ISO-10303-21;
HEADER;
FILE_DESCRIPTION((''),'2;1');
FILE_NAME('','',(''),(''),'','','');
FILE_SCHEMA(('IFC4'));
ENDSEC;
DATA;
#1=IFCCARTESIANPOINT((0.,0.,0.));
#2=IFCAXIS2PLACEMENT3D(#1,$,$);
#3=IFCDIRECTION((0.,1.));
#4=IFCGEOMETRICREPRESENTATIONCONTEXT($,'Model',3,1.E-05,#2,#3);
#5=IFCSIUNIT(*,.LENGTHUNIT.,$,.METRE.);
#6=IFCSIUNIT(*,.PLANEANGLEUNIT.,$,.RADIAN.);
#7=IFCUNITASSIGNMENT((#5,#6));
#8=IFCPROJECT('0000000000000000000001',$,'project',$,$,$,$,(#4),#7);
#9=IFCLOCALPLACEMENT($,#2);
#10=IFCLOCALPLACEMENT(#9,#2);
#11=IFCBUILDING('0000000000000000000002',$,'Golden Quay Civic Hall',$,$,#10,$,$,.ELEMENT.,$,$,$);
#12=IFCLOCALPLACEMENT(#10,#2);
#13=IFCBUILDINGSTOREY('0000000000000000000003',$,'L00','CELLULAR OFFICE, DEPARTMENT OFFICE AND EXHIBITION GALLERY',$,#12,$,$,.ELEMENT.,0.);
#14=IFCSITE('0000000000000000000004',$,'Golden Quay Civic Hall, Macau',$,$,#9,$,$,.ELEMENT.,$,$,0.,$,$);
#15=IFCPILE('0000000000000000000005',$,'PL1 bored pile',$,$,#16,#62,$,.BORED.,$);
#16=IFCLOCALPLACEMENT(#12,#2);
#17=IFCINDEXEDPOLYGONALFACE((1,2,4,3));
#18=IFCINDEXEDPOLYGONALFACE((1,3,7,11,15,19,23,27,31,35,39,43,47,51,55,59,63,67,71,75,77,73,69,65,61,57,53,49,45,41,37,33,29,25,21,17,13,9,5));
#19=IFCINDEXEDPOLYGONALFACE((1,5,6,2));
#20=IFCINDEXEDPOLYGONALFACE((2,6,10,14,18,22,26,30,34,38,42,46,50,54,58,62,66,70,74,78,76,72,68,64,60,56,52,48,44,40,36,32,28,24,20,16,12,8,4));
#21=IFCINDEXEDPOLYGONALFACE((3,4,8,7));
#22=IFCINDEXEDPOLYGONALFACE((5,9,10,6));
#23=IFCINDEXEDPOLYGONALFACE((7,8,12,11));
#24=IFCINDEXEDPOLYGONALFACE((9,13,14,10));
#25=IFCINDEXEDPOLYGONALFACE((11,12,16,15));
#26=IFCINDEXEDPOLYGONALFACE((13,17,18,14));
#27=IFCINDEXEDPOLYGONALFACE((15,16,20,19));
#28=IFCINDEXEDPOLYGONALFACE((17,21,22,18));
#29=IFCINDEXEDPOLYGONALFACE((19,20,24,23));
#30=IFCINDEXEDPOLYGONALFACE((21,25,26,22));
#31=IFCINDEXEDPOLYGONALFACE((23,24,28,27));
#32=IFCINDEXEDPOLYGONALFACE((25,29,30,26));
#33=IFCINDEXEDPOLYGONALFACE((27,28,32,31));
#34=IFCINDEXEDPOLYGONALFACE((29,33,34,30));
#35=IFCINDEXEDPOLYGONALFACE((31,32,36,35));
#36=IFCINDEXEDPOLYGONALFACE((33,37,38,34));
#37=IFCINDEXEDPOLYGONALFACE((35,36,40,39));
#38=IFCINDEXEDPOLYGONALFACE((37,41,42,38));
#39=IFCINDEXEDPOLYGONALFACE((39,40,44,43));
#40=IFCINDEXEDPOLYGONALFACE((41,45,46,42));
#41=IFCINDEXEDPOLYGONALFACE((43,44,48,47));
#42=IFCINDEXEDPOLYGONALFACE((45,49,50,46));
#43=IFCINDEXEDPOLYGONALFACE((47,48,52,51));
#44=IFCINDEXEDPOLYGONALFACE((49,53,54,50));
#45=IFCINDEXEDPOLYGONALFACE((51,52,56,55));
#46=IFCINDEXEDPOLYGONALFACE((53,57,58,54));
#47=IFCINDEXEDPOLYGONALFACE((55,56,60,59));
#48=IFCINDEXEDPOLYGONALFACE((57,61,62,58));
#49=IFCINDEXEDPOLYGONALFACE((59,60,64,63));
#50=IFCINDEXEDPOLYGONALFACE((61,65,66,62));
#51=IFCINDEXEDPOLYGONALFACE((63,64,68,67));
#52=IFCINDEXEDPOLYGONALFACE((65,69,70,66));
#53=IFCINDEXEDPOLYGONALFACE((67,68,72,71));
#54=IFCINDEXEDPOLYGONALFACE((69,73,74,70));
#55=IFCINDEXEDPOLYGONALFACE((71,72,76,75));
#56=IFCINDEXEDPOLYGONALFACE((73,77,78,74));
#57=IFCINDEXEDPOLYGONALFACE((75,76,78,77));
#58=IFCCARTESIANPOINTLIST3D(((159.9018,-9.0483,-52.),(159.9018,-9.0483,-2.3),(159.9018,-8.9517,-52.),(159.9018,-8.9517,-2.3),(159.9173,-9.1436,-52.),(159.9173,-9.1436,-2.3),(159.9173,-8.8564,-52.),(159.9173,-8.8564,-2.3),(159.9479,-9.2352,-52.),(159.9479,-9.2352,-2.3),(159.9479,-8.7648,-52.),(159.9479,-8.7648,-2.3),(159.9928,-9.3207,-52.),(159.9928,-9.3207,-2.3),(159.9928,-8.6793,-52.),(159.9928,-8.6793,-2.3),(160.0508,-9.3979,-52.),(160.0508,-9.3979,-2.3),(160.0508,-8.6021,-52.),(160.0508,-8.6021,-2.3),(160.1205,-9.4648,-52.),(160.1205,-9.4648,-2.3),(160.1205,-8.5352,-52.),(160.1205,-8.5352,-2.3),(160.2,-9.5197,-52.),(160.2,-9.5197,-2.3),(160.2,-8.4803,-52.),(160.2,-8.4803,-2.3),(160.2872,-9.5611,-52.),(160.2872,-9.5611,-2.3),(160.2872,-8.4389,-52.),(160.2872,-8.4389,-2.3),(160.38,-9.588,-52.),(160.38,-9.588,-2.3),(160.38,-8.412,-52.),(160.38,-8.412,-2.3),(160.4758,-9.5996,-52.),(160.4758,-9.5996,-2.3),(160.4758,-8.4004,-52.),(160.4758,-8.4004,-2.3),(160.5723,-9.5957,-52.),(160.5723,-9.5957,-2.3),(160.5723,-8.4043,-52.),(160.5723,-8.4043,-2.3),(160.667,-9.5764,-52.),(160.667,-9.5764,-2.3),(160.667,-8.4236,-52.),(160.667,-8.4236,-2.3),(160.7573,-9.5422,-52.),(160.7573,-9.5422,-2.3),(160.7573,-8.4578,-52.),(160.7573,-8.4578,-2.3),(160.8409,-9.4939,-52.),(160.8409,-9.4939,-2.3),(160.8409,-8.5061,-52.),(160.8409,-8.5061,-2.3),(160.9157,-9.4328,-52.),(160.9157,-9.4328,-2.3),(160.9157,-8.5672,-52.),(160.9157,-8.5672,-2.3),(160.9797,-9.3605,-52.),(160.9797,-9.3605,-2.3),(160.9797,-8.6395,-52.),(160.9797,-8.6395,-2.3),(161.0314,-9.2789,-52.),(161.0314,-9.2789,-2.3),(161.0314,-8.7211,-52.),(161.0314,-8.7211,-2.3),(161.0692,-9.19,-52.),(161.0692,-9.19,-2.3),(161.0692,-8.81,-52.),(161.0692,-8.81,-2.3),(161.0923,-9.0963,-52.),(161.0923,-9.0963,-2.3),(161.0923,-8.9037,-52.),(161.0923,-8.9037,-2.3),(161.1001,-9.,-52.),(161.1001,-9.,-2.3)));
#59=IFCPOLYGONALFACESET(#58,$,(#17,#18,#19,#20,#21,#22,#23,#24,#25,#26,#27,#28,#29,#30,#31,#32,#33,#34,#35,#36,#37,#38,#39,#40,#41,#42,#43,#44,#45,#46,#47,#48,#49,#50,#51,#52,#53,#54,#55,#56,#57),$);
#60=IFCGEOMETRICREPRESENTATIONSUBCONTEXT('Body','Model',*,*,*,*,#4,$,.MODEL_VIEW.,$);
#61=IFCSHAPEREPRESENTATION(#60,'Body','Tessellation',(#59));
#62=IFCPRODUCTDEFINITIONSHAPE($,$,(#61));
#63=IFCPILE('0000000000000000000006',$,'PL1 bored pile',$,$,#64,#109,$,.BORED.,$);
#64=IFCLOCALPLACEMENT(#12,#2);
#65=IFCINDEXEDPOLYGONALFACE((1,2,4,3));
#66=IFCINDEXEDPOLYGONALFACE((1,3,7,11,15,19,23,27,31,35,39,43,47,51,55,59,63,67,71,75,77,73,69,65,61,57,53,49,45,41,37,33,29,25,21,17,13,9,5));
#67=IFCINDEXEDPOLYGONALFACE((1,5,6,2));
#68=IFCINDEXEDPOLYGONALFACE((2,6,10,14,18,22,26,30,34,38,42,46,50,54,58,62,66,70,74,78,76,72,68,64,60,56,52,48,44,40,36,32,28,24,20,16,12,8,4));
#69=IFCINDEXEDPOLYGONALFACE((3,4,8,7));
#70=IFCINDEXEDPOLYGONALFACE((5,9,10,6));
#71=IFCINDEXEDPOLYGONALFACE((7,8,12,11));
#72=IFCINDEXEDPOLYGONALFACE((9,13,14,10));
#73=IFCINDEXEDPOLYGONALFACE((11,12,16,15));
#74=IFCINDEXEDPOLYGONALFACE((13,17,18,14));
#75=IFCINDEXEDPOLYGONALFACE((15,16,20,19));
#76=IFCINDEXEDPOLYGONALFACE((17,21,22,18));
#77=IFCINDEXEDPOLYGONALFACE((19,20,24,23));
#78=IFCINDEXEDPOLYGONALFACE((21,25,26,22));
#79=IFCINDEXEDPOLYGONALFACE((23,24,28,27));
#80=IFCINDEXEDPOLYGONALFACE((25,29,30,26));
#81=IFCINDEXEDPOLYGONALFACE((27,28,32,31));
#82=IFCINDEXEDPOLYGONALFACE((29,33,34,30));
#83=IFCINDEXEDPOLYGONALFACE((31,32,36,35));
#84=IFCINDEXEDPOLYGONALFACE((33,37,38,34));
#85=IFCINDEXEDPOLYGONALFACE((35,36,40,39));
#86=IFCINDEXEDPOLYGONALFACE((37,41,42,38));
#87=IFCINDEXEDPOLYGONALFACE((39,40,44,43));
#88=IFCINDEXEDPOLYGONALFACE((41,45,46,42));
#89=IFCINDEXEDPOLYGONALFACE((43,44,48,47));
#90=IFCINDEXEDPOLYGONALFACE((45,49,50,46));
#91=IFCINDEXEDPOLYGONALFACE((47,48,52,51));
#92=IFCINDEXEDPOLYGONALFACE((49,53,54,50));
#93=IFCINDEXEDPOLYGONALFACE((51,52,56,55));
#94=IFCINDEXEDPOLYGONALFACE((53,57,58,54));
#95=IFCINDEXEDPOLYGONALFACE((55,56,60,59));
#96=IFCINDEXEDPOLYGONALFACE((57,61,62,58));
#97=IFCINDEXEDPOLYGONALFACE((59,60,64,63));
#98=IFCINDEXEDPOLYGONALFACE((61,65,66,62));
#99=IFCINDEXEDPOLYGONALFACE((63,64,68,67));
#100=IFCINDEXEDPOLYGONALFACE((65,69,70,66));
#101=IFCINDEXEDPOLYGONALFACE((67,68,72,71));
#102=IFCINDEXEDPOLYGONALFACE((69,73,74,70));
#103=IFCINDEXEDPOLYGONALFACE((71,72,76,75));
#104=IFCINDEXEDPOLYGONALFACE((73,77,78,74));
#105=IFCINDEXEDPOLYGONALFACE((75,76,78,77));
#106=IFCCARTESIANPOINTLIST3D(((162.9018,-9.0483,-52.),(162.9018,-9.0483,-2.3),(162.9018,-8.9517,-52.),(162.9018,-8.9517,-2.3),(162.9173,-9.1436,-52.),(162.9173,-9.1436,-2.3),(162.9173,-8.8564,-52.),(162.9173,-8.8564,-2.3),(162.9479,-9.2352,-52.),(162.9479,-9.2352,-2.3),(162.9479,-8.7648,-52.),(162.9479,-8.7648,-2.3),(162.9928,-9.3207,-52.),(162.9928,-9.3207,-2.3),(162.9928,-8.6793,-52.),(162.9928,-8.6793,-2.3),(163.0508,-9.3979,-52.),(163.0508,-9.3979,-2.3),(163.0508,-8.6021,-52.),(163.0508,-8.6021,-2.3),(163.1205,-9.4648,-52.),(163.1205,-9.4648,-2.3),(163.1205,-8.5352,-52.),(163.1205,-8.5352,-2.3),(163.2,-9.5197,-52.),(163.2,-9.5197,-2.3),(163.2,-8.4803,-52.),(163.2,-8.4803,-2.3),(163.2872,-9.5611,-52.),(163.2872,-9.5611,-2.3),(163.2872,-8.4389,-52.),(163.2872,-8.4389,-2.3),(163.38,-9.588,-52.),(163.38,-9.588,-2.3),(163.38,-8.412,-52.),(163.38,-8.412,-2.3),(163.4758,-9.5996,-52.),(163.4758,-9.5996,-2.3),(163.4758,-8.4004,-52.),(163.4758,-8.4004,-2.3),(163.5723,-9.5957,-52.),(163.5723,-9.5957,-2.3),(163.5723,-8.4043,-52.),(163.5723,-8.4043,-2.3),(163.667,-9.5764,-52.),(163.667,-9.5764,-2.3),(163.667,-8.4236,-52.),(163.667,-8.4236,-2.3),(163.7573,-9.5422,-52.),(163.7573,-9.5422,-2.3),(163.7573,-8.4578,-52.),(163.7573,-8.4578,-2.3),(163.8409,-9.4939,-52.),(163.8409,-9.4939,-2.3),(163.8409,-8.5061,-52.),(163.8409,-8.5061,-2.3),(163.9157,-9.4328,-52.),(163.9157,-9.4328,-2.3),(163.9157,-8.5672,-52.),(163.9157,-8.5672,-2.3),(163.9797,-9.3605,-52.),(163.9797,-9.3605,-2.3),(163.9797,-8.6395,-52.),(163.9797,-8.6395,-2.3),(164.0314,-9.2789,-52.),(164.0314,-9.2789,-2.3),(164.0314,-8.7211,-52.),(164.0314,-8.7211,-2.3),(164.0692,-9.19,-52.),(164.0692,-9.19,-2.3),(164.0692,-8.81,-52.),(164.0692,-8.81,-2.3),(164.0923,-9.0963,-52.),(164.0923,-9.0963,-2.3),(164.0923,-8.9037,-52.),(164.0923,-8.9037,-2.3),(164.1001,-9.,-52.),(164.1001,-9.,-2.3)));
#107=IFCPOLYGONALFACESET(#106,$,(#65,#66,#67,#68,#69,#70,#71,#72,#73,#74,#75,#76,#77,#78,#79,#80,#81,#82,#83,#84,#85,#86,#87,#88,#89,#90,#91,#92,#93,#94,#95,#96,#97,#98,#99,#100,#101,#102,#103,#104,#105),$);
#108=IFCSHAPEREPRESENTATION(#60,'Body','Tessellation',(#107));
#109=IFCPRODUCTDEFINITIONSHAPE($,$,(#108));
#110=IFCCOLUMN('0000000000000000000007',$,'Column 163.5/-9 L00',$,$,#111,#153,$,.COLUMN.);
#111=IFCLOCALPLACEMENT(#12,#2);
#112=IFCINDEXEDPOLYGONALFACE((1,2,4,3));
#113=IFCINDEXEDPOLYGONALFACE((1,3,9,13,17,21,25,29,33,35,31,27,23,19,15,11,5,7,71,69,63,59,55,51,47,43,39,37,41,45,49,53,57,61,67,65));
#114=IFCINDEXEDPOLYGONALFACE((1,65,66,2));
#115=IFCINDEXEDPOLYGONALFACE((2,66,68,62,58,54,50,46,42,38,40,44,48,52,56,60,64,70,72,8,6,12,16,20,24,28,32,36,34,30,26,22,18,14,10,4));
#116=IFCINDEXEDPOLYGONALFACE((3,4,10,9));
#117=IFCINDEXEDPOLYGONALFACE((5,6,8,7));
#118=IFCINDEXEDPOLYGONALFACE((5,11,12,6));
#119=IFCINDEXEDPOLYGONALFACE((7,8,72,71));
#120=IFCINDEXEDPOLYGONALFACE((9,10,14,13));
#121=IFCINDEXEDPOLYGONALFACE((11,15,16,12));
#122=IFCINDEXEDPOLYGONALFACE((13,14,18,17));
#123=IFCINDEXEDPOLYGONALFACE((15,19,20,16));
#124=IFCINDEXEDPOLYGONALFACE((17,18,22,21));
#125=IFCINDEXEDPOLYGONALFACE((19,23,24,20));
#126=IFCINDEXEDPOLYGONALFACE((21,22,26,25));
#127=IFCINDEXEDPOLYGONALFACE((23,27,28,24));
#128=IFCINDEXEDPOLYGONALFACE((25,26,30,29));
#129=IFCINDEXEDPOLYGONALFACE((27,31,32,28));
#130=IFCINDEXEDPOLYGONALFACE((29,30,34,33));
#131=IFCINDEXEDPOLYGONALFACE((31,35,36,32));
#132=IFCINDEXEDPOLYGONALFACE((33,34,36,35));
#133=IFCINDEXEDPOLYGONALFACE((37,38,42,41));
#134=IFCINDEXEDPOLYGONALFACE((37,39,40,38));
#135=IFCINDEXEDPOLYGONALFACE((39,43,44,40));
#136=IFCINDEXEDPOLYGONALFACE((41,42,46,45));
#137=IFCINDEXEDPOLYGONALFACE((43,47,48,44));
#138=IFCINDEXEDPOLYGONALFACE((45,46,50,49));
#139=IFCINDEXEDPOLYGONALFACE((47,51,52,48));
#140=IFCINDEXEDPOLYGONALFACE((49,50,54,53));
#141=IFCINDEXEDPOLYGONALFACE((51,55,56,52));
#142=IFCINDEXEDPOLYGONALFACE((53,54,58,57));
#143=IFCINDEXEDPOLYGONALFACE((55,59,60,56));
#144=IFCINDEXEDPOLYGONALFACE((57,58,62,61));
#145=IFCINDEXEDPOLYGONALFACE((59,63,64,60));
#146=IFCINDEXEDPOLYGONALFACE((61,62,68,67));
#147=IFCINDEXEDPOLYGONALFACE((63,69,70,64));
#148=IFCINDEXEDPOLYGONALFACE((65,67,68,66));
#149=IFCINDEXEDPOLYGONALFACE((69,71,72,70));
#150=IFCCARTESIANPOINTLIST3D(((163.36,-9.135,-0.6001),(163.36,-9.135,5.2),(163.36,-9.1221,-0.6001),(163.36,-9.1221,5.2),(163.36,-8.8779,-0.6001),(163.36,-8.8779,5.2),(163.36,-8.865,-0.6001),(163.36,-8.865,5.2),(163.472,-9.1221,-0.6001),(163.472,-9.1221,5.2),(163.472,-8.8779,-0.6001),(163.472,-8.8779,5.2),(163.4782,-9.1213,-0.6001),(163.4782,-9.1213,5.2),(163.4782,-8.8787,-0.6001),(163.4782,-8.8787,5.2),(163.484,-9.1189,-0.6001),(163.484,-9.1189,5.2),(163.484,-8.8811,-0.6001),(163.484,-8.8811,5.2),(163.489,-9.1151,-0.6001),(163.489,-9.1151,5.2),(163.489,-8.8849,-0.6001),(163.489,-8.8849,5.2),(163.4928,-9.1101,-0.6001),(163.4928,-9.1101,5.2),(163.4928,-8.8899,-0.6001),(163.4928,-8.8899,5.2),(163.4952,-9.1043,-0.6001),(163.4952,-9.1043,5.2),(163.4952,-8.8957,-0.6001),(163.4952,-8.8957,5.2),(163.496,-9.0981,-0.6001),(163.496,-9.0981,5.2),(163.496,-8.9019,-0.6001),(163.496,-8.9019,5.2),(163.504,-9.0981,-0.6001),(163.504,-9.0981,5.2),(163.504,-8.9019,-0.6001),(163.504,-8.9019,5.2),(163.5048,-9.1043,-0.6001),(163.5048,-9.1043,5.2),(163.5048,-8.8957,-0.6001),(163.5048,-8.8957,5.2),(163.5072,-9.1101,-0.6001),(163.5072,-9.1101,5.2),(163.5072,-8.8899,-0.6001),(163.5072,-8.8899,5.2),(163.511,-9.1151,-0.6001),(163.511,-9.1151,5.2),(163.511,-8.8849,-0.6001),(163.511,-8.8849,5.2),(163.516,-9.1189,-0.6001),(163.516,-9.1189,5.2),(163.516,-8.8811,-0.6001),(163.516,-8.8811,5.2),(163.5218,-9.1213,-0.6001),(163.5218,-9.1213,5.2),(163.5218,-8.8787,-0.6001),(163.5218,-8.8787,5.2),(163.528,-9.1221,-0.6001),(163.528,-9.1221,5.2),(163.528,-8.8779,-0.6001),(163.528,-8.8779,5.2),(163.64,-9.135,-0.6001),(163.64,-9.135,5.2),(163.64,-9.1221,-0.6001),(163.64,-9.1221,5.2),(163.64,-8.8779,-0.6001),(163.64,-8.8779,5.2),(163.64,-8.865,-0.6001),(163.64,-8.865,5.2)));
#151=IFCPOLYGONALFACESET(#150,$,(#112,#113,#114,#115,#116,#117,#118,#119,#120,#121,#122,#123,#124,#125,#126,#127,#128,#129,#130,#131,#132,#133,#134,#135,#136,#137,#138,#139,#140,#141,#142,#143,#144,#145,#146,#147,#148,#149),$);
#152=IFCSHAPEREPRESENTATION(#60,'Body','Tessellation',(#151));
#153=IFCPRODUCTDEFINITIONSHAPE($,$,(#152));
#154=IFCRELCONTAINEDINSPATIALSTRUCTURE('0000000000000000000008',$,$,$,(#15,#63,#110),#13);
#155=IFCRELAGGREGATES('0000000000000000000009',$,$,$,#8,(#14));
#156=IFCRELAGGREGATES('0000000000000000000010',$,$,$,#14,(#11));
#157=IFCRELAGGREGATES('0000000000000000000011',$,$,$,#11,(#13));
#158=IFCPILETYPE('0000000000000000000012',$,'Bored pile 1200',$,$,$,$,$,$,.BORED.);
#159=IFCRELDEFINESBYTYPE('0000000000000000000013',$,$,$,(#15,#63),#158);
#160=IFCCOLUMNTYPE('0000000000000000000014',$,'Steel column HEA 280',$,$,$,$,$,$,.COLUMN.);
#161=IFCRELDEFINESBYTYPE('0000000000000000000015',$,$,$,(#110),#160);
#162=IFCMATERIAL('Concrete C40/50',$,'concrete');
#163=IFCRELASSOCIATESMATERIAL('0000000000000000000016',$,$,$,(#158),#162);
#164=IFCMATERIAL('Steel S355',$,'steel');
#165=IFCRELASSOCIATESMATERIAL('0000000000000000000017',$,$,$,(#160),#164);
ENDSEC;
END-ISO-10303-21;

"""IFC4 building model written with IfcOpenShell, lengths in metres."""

from ifc_helpers import new_model, si_unit, direction, frame, origin, origin_2d, place, context, subcontext, project, spatial, circle, i_section, extrude, material, material_profile, profile_set, type_object, element, save


model = new_model("IFC4")

# Units and contexts
model_context = context("Model", 3, precision=1e-05, world=origin(), true_north=direction((0.0, 1.0)))
body_context = subcontext(model_context, "Body", "Model", "MODEL_VIEW")
ifc_project = project(units=[si_unit("LENGTHUNIT", "METRE"), si_unit("PLANEANGLEUNIT", "RADIAN")], contexts=[model_context])

# Site, building, storey
site_placement = place(None, origin())
site = spatial("IfcSite", under=ifc_project, at=site_placement, Name="Golden Quay Civic Hall, Macau", CompositionType="ELEMENT", RefElevation=0.0)
building_placement = place(site_placement, origin())
building = spatial("IfcBuilding", under=site, at=building_placement, Name="Golden Quay Civic Hall", CompositionType="ELEMENT")
storey_placement = place(building_placement, origin())
storey = spatial("IfcBuildingStorey", under=building, at=storey_placement, Name="L00", Description="CELLULAR OFFICE, DEPARTMENT OFFICE AND EXHIBITION GALLERY", CompositionType="ELEMENT", Elevation=0.0)

# Piles
ifc_material_1 = material(Name="Concrete C40/50", Category="concrete")
ifc_material_profile_1 = material_profile(ifc_material_1, circle(Radius=0.6001, at=origin_2d()), Name="RC D1200")
ifc_profile_set_1 = profile_set([ifc_material_profile_1], Name="Concrete C40/50")
pile_type = type_object("IfcPileType", Name="Bored pile 1200", PredefinedType="BORED", material=ifc_profile_set_1)
for number, where, z_axis, x_axis, name in (
    (1, (160.5, -9.0, -2.3), (0.0, 0.0, -1.0), (1.0, 0.0, 0.0), "PL1 bored pile"),
    (2, (163.5, -9.0, -2.3), (0.0, 0.0, -1.0), (1.0, 0.0, 0.0), "PL1 bored pile"),
):
    element("IfcPile", number, at=place(storey_placement, frame(where, z_axis=z_axis, x_axis=x_axis)), inside=storey, type_object=pile_type, Name=name, PredefinedType="BORED", context=body_context, shape_type="SweptSolid", body=[
        extrude(circle(Radius=0.6001, at=origin_2d()), origin(), (0.0, 0.0, 1.0), 49.7),
    ])

# Column
ifc_material_2 = material(Name="Steel S355", Category="steel")
ifc_material_profile_2 = material_profile(ifc_material_2, i_section(OverallWidth=0.28, OverallDepth=0.27, WebThickness=0.0081, FlangeThickness=0.0129, FilletRadius=0.0239, at=origin_2d()), Name="HEA 280")
ifc_profile_set_2 = profile_set([ifc_material_profile_2], Name="Steel S355")
column_type = type_object("IfcColumnType", Name="Steel column HEA 280", PredefinedType="COLUMN", material=ifc_profile_set_2)
column_placement = place(storey_placement, frame((163.5, -9.0, -0.6001), z_axis=(0.0, 0.0, 1.0), x_axis=(1.0, 0.0, 0.0)))
element("IfcColumn", 3, at=column_placement, inside=storey, type_object=column_type, Name="Column 163.5/-9 L00", PredefinedType="COLUMN", context=body_context, shape_type="SweptSolid", body=[
    extrude(i_section(OverallWidth=0.28, OverallDepth=0.27, WebThickness=0.0081, FlangeThickness=0.0129, FilletRadius=0.0239, at=origin_2d()), origin(), (0.0, 0.0, 1.0), 5.8),
])

save(model, "model.ifc")
